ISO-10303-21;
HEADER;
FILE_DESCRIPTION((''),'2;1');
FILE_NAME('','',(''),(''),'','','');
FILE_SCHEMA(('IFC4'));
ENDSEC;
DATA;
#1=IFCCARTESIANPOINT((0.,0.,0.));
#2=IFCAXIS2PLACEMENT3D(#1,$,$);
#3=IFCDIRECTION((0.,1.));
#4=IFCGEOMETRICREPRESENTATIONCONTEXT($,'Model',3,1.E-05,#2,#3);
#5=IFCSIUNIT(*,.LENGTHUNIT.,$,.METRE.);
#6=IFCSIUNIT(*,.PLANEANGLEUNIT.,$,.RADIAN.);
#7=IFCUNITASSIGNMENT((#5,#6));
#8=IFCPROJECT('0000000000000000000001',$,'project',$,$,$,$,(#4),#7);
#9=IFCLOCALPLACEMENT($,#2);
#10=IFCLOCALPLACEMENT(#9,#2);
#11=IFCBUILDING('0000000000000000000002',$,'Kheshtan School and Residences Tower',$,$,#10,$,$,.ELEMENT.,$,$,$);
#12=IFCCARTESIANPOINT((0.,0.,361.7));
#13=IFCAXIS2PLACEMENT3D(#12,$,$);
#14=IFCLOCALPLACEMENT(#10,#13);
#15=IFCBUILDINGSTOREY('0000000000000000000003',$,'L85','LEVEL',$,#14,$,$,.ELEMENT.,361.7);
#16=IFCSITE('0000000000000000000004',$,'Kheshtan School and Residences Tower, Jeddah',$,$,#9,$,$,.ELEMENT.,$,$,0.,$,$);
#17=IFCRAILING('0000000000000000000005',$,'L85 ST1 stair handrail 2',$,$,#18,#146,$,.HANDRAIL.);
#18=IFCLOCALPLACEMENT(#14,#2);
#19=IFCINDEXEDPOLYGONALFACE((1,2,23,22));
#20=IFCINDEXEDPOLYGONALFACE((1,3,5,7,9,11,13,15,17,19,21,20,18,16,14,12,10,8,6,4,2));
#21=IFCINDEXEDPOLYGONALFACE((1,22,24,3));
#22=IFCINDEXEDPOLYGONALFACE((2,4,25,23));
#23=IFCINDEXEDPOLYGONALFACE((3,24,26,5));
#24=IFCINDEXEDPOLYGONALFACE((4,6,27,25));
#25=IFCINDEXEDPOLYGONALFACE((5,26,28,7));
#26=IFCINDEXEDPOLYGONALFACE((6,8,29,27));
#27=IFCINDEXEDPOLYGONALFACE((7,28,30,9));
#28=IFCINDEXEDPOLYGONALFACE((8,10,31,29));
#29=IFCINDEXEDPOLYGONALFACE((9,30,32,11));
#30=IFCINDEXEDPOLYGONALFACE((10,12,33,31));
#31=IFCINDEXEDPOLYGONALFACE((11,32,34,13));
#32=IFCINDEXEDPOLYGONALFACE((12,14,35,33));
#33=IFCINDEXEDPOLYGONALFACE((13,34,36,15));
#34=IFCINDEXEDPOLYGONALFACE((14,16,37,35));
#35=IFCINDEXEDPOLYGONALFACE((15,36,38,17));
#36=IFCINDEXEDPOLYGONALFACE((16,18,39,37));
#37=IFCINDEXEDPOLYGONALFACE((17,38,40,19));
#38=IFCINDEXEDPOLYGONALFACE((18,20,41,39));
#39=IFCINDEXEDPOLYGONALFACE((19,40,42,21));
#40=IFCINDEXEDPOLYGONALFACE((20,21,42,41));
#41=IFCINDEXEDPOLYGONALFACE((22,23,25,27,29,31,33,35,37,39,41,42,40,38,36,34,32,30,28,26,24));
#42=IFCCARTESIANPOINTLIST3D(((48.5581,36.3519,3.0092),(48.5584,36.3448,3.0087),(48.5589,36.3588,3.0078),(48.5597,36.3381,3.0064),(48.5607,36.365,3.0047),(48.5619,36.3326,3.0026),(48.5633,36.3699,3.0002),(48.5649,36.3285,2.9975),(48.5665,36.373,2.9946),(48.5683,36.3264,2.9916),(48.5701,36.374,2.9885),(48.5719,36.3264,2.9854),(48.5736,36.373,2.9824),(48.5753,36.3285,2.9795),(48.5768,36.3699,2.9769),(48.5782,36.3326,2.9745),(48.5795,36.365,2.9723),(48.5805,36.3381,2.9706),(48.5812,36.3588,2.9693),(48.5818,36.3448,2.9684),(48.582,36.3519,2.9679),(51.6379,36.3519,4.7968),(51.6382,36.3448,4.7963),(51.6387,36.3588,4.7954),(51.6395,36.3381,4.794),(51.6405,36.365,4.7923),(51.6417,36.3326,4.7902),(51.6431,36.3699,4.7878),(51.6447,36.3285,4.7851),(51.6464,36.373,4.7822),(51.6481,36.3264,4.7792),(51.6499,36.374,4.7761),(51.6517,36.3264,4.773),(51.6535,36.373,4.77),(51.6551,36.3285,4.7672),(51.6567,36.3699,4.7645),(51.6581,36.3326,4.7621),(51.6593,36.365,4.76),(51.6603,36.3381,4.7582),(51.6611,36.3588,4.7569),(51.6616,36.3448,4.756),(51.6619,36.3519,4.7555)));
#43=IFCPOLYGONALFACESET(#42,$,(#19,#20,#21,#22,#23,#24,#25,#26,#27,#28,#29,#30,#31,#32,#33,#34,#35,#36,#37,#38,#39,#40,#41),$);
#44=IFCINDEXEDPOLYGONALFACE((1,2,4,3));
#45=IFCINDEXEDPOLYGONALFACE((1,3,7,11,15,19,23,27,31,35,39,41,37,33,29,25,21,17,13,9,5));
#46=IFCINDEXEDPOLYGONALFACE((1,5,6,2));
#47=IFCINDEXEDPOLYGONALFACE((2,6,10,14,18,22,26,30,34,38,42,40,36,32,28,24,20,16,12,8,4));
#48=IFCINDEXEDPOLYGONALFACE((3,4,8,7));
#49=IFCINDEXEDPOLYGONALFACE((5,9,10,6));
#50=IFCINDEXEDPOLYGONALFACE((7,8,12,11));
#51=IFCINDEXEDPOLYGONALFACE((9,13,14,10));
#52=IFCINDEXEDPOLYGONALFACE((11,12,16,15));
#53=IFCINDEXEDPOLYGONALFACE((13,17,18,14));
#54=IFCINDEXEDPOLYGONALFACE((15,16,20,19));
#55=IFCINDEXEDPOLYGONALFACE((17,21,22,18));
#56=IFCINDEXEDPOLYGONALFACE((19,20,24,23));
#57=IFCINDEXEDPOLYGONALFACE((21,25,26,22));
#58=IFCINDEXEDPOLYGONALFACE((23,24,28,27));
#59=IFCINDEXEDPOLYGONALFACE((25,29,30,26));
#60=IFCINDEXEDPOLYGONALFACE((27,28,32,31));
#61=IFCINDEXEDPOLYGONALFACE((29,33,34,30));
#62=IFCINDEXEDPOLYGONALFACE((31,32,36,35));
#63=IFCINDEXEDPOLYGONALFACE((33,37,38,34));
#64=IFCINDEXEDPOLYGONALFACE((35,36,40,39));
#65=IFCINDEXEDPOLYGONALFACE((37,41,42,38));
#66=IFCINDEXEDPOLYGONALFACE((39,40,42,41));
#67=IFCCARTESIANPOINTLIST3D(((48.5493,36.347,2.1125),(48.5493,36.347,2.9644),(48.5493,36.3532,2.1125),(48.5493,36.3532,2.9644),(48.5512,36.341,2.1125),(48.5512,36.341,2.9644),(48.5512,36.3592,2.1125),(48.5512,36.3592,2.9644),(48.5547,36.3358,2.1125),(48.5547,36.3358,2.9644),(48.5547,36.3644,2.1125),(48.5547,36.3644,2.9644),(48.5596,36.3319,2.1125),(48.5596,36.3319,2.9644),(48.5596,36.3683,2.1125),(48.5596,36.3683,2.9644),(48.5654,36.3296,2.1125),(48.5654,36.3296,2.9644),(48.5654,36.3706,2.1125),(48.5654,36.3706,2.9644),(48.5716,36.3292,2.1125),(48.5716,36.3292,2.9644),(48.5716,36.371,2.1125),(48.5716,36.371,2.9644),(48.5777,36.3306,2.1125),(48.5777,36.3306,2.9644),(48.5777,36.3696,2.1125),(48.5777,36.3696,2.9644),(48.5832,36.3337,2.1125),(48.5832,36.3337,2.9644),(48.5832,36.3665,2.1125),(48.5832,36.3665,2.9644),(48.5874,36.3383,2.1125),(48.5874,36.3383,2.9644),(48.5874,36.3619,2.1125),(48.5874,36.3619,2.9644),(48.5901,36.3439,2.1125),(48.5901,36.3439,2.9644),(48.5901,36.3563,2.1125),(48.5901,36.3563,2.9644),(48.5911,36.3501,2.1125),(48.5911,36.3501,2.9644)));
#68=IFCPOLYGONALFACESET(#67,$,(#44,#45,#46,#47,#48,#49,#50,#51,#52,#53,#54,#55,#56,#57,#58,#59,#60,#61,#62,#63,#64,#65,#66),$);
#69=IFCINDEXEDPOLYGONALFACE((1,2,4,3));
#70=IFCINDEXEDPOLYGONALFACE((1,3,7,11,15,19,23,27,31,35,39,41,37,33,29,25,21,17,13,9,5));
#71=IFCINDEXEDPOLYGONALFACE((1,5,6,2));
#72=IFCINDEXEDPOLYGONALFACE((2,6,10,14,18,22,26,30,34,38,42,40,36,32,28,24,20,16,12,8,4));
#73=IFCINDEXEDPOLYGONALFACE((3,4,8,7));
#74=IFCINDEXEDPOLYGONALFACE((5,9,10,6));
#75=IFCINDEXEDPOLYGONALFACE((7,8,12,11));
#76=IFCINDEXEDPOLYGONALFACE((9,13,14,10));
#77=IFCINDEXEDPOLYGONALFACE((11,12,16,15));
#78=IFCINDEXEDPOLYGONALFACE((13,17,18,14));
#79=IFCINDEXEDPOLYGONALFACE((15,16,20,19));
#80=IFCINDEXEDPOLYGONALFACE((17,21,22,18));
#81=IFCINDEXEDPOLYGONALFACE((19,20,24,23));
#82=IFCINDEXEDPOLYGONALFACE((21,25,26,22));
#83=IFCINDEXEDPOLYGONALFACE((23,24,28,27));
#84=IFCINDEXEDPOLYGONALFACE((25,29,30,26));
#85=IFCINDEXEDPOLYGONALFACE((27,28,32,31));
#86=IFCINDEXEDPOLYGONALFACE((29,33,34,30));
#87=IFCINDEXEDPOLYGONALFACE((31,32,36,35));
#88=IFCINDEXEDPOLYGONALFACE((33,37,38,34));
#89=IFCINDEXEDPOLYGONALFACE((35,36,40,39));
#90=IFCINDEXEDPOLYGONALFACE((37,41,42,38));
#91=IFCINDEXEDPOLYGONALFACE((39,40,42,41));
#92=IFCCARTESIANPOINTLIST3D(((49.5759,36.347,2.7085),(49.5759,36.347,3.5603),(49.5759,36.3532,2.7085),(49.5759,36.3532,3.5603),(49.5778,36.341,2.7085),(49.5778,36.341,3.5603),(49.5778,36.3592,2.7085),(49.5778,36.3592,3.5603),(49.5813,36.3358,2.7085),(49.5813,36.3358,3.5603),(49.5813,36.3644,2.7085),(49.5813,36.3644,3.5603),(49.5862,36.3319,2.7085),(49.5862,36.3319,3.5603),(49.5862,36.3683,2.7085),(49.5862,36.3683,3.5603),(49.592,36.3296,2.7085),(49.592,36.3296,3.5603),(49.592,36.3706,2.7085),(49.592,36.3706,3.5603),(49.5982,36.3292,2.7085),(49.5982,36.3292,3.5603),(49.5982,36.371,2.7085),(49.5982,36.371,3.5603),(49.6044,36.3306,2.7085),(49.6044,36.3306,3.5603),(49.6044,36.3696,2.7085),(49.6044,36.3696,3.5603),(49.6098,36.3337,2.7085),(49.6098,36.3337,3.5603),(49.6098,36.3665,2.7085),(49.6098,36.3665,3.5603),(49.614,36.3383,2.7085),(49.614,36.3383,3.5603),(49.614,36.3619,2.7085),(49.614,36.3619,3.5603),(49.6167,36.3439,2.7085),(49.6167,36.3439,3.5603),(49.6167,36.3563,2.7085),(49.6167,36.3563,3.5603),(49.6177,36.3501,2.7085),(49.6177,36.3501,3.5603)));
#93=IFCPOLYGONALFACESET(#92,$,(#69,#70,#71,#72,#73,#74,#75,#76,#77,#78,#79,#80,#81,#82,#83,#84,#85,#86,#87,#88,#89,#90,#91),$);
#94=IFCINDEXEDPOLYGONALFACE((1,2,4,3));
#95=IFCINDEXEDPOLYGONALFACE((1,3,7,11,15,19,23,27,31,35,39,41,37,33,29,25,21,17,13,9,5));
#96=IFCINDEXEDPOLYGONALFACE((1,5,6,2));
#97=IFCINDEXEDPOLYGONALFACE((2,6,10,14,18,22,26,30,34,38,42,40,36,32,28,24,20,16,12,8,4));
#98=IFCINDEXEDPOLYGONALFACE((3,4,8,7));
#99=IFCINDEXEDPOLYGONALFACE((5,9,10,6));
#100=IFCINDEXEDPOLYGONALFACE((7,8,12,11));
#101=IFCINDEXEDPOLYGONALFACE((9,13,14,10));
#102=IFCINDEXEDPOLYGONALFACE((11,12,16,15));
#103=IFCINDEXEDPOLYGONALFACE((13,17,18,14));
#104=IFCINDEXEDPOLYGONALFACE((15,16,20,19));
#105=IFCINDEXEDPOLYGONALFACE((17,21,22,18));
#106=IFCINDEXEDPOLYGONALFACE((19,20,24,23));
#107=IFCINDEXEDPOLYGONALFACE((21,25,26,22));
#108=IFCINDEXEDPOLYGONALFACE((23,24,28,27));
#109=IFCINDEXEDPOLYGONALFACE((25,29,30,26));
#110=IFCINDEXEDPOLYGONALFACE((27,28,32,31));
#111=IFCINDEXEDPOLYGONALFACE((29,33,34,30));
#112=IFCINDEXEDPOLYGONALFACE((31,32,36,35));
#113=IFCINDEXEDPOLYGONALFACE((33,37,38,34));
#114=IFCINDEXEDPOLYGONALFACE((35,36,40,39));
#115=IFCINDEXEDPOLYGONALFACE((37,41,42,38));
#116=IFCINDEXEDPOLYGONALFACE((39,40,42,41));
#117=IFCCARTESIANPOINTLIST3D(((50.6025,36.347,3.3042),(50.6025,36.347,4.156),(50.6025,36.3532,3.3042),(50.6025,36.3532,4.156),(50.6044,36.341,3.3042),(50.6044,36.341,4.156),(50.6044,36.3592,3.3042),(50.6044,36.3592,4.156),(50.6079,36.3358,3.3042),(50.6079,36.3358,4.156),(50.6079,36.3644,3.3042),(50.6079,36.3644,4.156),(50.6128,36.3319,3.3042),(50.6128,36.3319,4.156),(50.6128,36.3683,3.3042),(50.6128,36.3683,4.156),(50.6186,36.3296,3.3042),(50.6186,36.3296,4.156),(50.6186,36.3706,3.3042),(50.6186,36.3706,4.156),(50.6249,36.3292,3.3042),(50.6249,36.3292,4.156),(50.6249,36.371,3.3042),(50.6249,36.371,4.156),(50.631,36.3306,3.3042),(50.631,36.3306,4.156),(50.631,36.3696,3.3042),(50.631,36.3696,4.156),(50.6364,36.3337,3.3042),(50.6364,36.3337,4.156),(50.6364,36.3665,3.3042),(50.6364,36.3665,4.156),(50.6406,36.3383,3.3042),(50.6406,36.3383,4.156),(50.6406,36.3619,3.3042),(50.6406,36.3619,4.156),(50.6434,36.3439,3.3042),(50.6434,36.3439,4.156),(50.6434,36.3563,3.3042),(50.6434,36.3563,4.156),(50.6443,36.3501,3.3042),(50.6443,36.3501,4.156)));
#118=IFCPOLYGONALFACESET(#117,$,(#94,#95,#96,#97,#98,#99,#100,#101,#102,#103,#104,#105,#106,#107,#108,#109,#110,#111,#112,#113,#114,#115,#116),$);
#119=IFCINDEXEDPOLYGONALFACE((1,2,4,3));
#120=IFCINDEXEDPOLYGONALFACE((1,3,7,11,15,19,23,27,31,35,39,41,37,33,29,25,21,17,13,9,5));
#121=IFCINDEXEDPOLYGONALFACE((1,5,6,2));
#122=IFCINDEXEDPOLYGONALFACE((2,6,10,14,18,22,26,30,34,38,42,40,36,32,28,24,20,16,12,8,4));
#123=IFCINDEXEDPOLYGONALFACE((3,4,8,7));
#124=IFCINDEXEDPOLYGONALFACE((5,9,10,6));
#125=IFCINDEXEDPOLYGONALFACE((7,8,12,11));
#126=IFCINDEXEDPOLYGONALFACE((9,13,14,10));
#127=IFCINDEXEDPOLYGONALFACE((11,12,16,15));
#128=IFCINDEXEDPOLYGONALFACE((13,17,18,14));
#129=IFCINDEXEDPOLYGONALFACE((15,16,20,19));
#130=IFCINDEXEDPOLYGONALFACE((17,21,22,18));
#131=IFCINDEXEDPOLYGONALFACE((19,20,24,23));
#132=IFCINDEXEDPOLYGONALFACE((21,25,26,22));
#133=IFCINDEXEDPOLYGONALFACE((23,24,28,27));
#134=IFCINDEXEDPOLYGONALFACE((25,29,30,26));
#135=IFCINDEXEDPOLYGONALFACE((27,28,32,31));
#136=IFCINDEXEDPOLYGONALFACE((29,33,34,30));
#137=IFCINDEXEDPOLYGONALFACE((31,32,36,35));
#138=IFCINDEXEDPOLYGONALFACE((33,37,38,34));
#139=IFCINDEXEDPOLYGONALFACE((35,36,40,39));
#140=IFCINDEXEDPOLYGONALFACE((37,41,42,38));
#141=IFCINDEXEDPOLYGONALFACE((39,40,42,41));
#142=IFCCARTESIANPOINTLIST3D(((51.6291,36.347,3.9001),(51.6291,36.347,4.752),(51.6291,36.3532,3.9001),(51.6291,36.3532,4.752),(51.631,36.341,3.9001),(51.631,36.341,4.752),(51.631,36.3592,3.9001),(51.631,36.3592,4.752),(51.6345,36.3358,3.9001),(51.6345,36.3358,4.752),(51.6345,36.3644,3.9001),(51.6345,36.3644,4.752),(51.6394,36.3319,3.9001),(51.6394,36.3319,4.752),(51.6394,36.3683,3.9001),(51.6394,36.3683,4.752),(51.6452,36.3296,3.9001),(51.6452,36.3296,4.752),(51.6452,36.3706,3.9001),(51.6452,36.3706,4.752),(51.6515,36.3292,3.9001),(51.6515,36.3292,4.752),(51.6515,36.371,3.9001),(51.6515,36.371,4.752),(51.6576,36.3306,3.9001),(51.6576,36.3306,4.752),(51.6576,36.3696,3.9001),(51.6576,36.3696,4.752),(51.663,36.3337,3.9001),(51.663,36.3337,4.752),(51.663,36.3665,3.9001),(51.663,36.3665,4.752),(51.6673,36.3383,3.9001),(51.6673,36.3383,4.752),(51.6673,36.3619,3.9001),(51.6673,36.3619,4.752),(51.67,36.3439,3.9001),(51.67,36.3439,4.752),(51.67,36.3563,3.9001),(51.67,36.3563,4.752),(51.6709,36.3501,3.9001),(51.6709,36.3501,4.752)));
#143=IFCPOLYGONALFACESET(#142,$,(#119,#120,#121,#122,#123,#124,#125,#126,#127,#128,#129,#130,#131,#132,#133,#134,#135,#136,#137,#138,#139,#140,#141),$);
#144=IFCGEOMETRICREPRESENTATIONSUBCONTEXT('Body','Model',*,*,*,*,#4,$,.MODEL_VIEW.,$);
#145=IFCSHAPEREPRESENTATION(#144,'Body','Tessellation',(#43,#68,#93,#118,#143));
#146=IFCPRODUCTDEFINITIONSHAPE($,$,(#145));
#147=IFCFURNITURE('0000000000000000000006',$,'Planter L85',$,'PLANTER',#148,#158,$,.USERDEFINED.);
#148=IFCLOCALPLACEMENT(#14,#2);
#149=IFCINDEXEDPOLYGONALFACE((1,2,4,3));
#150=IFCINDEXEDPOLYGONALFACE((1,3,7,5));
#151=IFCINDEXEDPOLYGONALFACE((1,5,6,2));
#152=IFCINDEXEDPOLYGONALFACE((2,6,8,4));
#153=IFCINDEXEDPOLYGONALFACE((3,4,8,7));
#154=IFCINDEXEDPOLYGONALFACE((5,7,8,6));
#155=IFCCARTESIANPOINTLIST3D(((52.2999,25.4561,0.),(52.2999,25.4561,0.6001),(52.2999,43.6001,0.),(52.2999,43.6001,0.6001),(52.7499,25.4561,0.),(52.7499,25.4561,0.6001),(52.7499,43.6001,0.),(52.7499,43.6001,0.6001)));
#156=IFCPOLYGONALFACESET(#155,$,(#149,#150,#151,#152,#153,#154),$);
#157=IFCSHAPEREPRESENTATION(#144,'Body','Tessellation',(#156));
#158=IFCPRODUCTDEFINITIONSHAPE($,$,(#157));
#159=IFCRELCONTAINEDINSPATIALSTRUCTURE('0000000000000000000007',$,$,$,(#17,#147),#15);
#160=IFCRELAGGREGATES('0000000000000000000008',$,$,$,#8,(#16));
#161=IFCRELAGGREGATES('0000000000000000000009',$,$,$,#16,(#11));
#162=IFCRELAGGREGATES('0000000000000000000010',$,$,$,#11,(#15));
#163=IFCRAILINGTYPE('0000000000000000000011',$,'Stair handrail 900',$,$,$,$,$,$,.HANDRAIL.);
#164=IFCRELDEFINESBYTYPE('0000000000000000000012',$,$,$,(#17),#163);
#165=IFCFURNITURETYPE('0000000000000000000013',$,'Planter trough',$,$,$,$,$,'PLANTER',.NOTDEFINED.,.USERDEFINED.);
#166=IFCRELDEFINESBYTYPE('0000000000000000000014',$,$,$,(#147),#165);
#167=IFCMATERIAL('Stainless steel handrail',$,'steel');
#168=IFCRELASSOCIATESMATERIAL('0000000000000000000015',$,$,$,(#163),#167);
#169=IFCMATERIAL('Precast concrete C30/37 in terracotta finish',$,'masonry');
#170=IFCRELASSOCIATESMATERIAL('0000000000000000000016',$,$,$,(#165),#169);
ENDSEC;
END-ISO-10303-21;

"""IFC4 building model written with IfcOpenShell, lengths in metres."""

from ifc_helpers import new_model, si_unit, direction, frame, origin, origin_2d, place, context, subcontext, project, spatial, rectangle, circle, extrude, material, type_object, element, save


model = new_model("IFC4")

# Units and contexts
model_context = context("Model", 3, precision=1e-05, world=origin(), true_north=direction((0.0, 1.0)))
body_context = subcontext(model_context, "Body", "Model", "MODEL_VIEW")
ifc_project = project(units=[si_unit("LENGTHUNIT", "METRE"), si_unit("PLANEANGLEUNIT", "RADIAN")], contexts=[model_context])

# Site, building, storey
site_placement = place(None, origin())
site = spatial("IfcSite", under=ifc_project, at=site_placement, Name="Kheshtan School and Residences Tower, Jeddah", CompositionType="ELEMENT", RefElevation=0.0)
building_placement = place(site_placement, origin())
building = spatial("IfcBuilding", under=site, at=building_placement, Name="Kheshtan School and Residences Tower", CompositionType="ELEMENT")
storey_placement = place(building_placement, frame((0.0, 0.0, 361.7)))
storey = spatial("IfcBuildingStorey", under=building, at=storey_placement, Name="L85", Description="LEVEL", CompositionType="ELEMENT", Elevation=361.7)

# Railing
ifc_material_1 = material(Name="Stainless steel handrail", Category="steel")
railing_type_1 = type_object("IfcRailingType", Name="Stair handrail 900", PredefinedType="HANDRAIL", material=ifc_material_1)
railing_1_placement = place(storey_placement, frame((48.5701, 36.3501, 2.1125)))
element("IfcRailing", 1, at=railing_1_placement, inside=storey, type_object=railing_type_1, Name="L85 ST1 stair handrail 2", PredefinedType="HANDRAIL", context=body_context, shape_type="SweptSolid", body=[
    extrude(circle(Radius=0.0239, at=origin_2d()), frame((0.0, 0.0, 0.876), z_axis=(0.864873, 0.0, 0.50199), x_axis=(0.0, 1.0, 0.0)), (0.0, 0.0, 1.0), 3.561),
    extrude(circle(Radius=0.021, at=origin_2d()), origin(), (0.0, 0.0, 1.0), 0.8518),
    extrude(circle(Radius=0.021, at=origin_2d()), frame((1.0266, 0.0, 0.5959)), (0.0, 0.0, 1.0), 0.8518),
    extrude(circle(Radius=0.021, at=origin_2d()), frame((2.0532, 0.0, 1.1917)), (0.0, 0.0, 1.0), 0.8518),
    extrude(circle(Radius=0.021, at=origin_2d()), frame((3.0798, 0.0, 1.7876)), (0.0, 0.0, 1.0), 0.8518),
])

# Furniture
ifc_material_2 = material(Name="Precast concrete C30/37 in terracotta finish", Category="masonry")
furniture_type = type_object("IfcFurnitureType", Name="Planter trough", ElementType="PLANTER", AssemblyPlace="NOTDEFINED", PredefinedType="USERDEFINED", material=ifc_material_2)
furniture_placement = place(storey_placement, frame((52.5249, 34.5281, 0.0), z_axis=(0.0, 0.0, 1.0), x_axis=(0.0, -1.0, 0.0)))
element("IfcFurniture", 2, at=furniture_placement, inside=storey, type_object=furniture_type, Name="Planter L85", ObjectType="PLANTER", PredefinedType="USERDEFINED", context=body_context, shape_type="SweptSolid", body=[
    extrude(rectangle(XDim=18.144, YDim=0.45, at=origin_2d()), origin(), (0.0, 0.0, 1.0), 0.6001),
])

save(model, "model.ifc")
